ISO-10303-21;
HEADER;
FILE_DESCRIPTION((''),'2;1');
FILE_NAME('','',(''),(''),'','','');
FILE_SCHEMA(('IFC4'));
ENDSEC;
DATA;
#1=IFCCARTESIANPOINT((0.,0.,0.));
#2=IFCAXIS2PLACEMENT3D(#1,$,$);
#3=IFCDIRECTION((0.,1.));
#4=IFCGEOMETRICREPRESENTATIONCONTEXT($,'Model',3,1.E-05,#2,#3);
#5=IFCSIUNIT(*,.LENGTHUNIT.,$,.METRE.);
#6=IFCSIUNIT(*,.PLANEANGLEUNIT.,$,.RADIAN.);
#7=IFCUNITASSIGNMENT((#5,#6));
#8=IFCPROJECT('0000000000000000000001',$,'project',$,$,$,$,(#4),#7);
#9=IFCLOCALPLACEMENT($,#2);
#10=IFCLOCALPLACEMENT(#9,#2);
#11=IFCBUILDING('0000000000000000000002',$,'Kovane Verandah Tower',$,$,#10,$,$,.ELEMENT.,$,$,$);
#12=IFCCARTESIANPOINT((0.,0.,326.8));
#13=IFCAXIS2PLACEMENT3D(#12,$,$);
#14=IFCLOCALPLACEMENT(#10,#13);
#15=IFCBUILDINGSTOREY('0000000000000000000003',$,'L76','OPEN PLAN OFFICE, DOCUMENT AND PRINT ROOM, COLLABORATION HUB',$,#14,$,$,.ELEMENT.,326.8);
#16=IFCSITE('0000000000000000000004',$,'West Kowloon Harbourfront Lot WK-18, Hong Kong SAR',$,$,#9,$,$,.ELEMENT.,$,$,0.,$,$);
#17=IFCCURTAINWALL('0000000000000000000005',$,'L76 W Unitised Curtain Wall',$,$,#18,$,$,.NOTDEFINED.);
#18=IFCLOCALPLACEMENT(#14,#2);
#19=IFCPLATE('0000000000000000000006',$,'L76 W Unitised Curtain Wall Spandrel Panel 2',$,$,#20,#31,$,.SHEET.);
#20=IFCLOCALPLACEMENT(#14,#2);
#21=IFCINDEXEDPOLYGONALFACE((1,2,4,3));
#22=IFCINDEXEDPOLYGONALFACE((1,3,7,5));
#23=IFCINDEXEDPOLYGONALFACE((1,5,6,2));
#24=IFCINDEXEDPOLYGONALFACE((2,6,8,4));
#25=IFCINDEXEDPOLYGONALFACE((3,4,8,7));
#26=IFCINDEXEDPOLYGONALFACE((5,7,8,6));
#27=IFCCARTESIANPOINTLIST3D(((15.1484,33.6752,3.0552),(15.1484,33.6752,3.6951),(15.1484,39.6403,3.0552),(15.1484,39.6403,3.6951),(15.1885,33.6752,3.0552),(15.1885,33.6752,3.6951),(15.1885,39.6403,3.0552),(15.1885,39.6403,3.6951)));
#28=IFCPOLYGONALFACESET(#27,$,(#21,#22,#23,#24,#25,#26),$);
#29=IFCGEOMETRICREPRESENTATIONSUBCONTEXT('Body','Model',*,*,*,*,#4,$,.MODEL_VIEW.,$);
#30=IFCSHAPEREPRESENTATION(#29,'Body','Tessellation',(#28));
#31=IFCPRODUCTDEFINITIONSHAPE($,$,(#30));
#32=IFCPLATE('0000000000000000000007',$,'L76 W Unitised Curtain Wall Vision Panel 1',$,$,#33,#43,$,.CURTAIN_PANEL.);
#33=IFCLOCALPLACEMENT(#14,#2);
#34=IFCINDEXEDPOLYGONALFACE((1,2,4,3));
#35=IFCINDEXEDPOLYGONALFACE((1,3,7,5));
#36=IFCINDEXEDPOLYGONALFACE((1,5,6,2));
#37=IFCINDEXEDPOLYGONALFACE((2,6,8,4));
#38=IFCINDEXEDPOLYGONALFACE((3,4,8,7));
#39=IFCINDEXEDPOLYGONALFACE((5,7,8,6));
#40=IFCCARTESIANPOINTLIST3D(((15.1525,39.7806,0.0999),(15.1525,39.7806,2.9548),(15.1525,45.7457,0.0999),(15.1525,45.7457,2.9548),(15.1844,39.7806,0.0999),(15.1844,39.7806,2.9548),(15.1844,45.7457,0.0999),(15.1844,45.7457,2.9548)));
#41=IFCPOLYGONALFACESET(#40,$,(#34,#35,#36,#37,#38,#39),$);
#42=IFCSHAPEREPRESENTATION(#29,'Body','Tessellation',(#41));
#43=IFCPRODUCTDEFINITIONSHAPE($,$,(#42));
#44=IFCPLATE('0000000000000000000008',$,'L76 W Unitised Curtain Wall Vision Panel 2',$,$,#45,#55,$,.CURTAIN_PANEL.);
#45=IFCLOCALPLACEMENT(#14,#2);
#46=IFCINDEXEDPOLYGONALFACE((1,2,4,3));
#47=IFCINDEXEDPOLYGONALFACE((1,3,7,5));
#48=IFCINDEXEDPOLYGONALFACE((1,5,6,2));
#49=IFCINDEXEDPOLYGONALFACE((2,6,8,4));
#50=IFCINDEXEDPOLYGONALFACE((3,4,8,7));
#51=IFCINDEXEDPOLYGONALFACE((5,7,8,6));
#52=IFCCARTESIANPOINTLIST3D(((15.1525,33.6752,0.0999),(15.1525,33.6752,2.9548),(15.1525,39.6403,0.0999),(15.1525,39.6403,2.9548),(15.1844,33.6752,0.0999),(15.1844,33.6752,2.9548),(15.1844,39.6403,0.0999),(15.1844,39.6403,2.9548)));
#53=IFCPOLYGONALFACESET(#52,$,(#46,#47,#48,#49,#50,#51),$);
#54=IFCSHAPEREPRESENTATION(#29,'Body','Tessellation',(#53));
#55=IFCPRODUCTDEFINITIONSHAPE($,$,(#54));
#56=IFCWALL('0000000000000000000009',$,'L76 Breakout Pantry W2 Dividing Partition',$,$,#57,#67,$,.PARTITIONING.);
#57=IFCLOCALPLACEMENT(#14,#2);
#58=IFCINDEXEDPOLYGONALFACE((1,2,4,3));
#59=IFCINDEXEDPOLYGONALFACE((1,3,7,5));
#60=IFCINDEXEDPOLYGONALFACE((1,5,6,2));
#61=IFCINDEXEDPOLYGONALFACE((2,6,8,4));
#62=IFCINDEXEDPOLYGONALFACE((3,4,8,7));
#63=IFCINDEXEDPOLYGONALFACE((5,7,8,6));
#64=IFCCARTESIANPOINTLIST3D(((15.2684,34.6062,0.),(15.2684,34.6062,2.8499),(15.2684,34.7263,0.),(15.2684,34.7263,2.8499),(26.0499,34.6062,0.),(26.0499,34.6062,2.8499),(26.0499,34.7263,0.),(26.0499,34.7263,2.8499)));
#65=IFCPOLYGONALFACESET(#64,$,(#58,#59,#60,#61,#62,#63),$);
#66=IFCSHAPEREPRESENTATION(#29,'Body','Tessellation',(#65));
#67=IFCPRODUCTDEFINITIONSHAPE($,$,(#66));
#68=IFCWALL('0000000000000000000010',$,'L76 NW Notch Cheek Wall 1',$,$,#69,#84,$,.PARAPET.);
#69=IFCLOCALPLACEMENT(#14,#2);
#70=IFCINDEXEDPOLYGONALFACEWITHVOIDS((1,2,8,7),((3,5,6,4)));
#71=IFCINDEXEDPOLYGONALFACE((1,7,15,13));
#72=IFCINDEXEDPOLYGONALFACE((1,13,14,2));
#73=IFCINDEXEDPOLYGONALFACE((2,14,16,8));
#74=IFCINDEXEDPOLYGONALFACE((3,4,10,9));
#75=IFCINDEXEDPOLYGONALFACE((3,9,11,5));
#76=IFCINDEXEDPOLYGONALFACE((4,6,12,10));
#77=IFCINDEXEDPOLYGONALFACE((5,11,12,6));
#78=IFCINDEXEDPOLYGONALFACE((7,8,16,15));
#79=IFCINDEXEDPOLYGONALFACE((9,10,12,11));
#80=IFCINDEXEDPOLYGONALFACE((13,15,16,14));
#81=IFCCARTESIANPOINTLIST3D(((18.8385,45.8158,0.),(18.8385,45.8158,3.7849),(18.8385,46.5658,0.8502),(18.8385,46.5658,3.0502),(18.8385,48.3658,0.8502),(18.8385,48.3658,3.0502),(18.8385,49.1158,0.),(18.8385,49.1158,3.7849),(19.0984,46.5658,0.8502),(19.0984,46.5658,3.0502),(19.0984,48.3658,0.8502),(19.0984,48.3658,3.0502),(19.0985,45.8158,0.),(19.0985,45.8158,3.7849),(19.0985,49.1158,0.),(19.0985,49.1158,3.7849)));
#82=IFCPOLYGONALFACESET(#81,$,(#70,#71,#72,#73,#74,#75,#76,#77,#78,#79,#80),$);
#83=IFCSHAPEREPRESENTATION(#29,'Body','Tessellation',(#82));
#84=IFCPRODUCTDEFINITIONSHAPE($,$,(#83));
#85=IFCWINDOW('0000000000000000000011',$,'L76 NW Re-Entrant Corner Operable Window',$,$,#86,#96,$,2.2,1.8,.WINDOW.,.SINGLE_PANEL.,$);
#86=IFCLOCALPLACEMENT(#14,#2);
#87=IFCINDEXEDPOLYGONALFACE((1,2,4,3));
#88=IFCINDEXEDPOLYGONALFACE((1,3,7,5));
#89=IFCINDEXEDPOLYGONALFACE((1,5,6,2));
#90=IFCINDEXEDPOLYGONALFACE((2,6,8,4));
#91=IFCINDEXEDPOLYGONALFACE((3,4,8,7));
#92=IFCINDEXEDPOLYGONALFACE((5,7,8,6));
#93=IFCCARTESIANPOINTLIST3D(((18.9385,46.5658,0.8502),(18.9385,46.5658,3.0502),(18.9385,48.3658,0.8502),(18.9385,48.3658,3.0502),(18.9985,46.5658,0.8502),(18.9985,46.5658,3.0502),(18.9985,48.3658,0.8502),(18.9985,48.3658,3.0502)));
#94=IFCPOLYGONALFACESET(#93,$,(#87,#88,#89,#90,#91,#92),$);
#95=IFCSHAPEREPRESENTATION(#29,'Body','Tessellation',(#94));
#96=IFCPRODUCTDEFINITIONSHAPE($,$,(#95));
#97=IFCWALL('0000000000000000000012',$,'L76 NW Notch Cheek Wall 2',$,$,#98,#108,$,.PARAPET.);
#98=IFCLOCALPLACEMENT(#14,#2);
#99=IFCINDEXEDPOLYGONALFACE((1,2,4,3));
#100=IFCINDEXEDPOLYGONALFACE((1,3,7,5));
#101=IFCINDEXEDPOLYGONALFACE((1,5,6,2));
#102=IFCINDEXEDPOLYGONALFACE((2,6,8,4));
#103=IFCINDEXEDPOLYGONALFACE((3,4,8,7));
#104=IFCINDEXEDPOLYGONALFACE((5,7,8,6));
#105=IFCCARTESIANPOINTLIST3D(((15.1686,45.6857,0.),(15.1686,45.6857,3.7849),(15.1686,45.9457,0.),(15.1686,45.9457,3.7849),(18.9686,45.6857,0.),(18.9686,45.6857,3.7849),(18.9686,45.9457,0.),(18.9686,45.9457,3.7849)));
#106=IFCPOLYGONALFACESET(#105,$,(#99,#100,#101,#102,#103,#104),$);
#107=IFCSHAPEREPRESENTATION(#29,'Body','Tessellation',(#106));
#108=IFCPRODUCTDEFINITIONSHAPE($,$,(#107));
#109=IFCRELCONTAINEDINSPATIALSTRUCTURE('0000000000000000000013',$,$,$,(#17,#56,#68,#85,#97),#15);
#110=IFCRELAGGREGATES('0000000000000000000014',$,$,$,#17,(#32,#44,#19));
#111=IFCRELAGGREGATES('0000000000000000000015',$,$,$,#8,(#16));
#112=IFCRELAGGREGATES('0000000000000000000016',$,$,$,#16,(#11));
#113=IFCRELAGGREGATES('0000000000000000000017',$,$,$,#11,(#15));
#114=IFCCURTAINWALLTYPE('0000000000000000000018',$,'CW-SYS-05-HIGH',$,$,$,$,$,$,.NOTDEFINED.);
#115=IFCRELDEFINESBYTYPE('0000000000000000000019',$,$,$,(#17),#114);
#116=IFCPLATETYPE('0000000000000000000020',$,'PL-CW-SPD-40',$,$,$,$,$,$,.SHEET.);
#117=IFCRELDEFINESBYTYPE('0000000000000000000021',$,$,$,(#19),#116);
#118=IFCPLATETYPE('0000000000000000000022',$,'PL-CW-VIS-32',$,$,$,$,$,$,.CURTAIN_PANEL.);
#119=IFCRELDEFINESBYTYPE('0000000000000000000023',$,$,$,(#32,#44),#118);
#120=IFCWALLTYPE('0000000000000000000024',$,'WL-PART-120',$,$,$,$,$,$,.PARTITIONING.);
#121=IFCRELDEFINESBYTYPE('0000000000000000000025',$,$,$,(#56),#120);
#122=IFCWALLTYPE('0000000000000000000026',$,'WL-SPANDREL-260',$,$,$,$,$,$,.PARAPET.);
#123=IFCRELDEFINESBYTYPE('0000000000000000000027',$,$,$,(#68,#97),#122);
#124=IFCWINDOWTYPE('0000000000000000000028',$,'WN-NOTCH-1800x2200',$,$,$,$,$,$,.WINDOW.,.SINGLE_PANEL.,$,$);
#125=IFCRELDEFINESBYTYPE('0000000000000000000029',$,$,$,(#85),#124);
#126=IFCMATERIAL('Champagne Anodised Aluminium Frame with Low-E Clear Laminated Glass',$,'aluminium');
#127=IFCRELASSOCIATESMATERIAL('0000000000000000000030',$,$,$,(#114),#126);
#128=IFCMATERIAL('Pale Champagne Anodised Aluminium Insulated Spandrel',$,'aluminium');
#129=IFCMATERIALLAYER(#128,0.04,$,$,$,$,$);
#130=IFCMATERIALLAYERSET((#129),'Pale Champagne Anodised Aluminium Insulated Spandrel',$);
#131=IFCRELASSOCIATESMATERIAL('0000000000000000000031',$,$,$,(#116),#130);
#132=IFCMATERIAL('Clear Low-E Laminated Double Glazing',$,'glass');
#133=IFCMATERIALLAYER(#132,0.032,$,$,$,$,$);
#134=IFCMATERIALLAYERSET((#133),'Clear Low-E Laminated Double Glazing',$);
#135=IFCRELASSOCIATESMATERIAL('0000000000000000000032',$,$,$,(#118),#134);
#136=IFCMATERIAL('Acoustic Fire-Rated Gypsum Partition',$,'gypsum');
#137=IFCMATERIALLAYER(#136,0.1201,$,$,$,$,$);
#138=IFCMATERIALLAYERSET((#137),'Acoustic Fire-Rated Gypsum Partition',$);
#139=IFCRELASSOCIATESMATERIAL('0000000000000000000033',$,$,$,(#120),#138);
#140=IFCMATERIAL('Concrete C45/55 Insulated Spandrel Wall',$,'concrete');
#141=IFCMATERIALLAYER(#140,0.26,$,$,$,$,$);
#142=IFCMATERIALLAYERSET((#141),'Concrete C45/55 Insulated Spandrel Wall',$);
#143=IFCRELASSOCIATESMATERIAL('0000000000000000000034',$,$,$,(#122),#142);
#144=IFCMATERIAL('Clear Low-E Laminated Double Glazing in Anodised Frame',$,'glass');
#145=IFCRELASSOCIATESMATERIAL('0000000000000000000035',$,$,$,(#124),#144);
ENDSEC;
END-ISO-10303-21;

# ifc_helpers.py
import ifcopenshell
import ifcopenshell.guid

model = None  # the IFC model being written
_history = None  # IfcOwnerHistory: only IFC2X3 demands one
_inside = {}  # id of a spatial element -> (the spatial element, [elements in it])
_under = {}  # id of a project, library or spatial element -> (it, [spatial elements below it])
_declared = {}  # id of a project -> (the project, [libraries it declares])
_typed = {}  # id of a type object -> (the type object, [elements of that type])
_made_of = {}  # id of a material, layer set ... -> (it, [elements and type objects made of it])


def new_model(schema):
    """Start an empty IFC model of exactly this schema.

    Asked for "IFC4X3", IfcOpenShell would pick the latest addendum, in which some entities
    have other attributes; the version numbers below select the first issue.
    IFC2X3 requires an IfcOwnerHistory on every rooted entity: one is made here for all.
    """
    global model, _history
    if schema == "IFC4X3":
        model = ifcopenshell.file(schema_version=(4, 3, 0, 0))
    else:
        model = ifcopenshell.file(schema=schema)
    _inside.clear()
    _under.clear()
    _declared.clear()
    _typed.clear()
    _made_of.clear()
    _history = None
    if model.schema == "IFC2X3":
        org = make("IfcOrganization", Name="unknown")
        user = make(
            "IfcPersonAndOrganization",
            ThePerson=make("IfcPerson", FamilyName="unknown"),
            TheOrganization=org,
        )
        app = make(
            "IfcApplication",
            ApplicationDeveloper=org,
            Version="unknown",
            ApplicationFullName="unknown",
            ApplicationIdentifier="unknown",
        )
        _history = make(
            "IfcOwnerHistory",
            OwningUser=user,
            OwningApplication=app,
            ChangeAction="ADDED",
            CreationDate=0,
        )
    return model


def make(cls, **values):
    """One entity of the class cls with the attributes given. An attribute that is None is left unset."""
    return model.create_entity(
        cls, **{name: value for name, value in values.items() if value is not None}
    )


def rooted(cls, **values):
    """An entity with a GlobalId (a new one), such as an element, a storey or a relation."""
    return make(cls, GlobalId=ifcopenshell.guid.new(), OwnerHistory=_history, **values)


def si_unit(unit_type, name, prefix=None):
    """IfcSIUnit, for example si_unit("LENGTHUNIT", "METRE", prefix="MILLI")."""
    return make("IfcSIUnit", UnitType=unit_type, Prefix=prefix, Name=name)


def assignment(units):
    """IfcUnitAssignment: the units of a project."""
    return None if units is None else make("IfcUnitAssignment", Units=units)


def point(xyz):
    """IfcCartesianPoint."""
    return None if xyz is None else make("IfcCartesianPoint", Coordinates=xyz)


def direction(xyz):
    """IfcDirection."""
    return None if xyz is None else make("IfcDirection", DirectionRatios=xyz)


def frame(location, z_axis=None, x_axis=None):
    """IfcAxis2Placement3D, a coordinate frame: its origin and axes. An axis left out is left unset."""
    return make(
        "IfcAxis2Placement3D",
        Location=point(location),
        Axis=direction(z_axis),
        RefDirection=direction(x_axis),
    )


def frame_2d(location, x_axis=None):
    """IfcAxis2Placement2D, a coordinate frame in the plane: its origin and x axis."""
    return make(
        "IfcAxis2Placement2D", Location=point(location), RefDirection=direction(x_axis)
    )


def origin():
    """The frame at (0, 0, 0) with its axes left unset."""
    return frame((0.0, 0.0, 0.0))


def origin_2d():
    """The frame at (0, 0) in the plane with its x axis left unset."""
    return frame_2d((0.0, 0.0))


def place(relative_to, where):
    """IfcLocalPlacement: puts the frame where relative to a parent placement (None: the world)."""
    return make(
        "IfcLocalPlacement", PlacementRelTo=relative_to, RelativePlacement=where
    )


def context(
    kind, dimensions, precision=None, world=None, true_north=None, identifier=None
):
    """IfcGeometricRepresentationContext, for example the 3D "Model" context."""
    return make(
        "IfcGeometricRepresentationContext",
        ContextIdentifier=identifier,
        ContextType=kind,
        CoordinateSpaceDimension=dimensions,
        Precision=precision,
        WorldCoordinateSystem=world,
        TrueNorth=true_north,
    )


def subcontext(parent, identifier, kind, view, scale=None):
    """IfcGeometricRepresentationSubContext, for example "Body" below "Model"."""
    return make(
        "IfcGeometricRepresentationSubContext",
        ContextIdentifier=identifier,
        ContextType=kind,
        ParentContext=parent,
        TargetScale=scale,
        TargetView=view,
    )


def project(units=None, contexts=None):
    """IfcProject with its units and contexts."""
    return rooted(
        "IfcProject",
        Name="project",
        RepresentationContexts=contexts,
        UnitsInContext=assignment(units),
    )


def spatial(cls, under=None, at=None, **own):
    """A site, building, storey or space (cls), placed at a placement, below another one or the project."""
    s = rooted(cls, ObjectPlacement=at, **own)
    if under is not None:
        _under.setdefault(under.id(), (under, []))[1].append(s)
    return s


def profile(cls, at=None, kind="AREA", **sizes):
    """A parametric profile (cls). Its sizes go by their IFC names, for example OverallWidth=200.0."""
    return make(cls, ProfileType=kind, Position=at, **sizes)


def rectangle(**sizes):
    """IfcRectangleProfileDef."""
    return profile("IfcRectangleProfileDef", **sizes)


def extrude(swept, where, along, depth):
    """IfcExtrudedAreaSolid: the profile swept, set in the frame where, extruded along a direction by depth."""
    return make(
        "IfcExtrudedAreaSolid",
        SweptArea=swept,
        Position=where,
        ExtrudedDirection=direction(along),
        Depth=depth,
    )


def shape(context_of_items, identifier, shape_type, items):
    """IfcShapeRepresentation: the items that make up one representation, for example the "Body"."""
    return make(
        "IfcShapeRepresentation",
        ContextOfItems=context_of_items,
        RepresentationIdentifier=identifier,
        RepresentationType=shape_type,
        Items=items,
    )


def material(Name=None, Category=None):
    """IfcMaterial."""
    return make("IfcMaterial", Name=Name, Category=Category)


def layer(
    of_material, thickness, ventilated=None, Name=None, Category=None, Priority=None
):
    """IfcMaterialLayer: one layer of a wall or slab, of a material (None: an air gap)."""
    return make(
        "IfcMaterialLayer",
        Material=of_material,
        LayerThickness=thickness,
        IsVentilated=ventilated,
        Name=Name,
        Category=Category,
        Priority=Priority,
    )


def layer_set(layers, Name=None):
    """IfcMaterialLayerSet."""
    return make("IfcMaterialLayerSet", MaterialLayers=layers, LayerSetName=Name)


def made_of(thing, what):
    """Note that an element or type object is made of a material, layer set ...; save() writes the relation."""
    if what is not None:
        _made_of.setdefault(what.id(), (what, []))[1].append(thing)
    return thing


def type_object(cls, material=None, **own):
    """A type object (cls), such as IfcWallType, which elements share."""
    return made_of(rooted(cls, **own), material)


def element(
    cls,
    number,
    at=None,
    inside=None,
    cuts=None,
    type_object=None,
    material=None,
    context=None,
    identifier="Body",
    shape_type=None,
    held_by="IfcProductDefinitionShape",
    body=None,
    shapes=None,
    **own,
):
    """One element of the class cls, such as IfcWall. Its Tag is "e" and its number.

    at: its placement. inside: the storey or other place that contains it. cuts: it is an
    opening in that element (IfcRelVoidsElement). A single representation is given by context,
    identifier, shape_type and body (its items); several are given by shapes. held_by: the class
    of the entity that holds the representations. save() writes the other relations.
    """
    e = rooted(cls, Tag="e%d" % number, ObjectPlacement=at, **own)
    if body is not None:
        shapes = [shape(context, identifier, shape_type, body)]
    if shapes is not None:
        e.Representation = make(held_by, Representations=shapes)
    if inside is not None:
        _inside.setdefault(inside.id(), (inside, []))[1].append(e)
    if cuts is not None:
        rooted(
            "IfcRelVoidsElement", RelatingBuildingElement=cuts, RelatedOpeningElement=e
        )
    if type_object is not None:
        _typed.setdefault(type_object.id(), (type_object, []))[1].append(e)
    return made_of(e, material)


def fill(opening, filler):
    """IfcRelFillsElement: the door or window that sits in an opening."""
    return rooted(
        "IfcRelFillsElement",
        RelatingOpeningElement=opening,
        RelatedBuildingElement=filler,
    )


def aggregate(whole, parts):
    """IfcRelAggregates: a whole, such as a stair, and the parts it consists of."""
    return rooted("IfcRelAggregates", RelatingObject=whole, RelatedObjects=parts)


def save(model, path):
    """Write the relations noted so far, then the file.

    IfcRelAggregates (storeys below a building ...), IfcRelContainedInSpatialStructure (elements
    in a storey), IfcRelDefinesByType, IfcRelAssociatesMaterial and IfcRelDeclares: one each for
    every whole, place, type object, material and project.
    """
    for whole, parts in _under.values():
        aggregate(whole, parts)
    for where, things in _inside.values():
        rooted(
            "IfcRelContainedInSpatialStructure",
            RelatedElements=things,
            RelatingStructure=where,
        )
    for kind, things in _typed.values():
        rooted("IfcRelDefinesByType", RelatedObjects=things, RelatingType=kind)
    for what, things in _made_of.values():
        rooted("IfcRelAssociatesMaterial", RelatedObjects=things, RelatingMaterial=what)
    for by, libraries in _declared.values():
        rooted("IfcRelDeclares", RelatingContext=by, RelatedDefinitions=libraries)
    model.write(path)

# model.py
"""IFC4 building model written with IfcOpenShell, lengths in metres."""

from ifc_helpers import new_model, si_unit, direction, frame, frame_2d, origin, origin_2d, place, context, subcontext, project, spatial, rectangle, extrude, material, layer, layer_set, type_object, element, fill, aggregate, save


model = new_model("IFC4")

# Units and contexts
model_context = context("Model", 3, precision=1e-05, world=origin(), true_north=direction((0.0, 1.0)))
body_context = subcontext(model_context, "Body", "Model", "MODEL_VIEW")
ifc_project = project(units=[si_unit("LENGTHUNIT", "METRE"), si_unit("PLANEANGLEUNIT", "RADIAN")], contexts=[model_context])

# Site, building, storey
site_placement = place(None, origin())
site = spatial("IfcSite", under=ifc_project, at=site_placement, Name="West Kowloon Harbourfront Lot WK-18, Hong Kong SAR", CompositionType="ELEMENT", RefElevation=0.0)
building_placement = place(site_placement, origin())
building = spatial("IfcBuilding", under=site, at=building_placement, Name="Kovane Verandah Tower", CompositionType="ELEMENT")
storey_placement = place(building_placement, frame((0.0, 0.0, 326.8)))
storey = spatial("IfcBuildingStorey", under=building, at=storey_placement, Name="L76", Description="OPEN PLAN OFFICE, DOCUMENT AND PRINT ROOM, COLLABORATION HUB", CompositionType="ELEMENT", Elevation=326.8)

# Curtain wall
ifc_material_1 = material(Name="Champagne Anodised Aluminium Frame with Low-E Clear Laminated Glass", Category="aluminium")
curtain_wall_type = type_object("IfcCurtainWallType", Name="CW-SYS-05-HIGH", PredefinedType="NOTDEFINED", material=ifc_material_1)
curtain_wall_placement = place(storey_placement, origin())
curtain_wall = element("IfcCurtainWall", 1, at=curtain_wall_placement, inside=storey, type_object=curtain_wall_type, Name="L76 W Unitised Curtain Wall", PredefinedType="NOTDEFINED")

# Plates
ifc_material_2 = material(Name="Pale Champagne Anodised Aluminium Insulated Spandrel", Category="aluminium")
ifc_layer_1 = layer(ifc_material_2, 0.04)
ifc_layer_set_1 = layer_set([ifc_layer_1], Name="Pale Champagne Anodised Aluminium Insulated Spandrel")
plate_type_1 = type_object("IfcPlateType", Name="PL-CW-SPD-40", PredefinedType="SHEET", material=ifc_layer_set_1)
plate_1_placement = place(storey_placement, frame((15.1685, 36.6577, 3.0552), z_axis=(0.0, 0.0, 1.0), x_axis=(0.0, -1.0, 0.0)))
plate_1 = element("IfcPlate", 2, at=plate_1_placement, type_object=plate_type_1, Name="L76 W Unitised Curtain Wall Spandrel Panel 2", PredefinedType="SHEET", context=body_context, shape_type="SweptSolid", body=[
    extrude(rectangle(XDim=5.9651, YDim=0.04, at=origin_2d()), origin(), (0.0, 0.0, 1.0), 0.6399),
])
ifc_material_3 = material(Name="Clear Low-E Laminated Double Glazing", Category="glass")
ifc_layer_2 = layer(ifc_material_3, 0.032)
ifc_layer_set_2 = layer_set([ifc_layer_2], Name="Clear Low-E Laminated Double Glazing")
plate_type_2 = type_object("IfcPlateType", Name="PL-CW-VIS-32", PredefinedType="CURTAIN_PANEL", material=ifc_layer_set_2)
plate_2_placement = place(storey_placement, frame((15.1685, 42.7632, 0.0999), z_axis=(0.0, 0.0, 1.0), x_axis=(0.0, -1.0, 0.0)))
plate_2 = element("IfcPlate", 3, at=plate_2_placement, type_object=plate_type_2, Name="L76 W Unitised Curtain Wall Vision Panel 1", PredefinedType="CURTAIN_PANEL", context=body_context, shape_type="SweptSolid", body=[
    extrude(rectangle(XDim=5.9651, YDim=0.032, at=origin_2d()), origin(), (0.0, 0.0, 1.0), 2.855),
])
plate_3_placement = place(storey_placement, frame((15.1685, 36.6577, 0.0999), z_axis=(0.0, 0.0, 1.0), x_axis=(0.0, -1.0, 0.0)))
plate_3 = element("IfcPlate", 4, at=plate_3_placement, type_object=plate_type_2, Name="L76 W Unitised Curtain Wall Vision Panel 2", PredefinedType="CURTAIN_PANEL", context=body_context, shape_type="SweptSolid", body=[
    extrude(rectangle(XDim=5.9651, YDim=0.032, at=origin_2d()), origin(), (0.0, 0.0, 1.0), 2.855),
])
aggregate(curtain_wall, [plate_2, plate_3, plate_1])

# Wall
ifc_material_4 = material(Name="Acoustic Fire-Rated Gypsum Partition", Category="gypsum")
ifc_layer_3 = layer(ifc_material_4, 0.1201)
ifc_layer_set_3 = layer_set([ifc_layer_3], Name="Acoustic Fire-Rated Gypsum Partition")
wall_type_1 = type_object("IfcWallType", Name="WL-PART-120", PredefinedType="PARTITIONING", material=ifc_layer_set_3)
wall_1_placement = place(storey_placement, frame((15.2686, 34.6663, 0.0), z_axis=(0.0, 0.0, 1.0), x_axis=(1.0, 0.0, 0.0)))
element("IfcWall", 5, at=wall_1_placement, inside=storey, type_object=wall_type_1, Name="L76 Breakout Pantry W2 Dividing Partition", PredefinedType="PARTITIONING", context=body_context, shape_type="SweptSolid", body=[
    extrude(rectangle(XDim=10.7815, YDim=0.1201, at=frame_2d((5.3906, 0.0))), origin(), (0.0, 0.0, 1.0), 2.8499),
])

# Wall, opening, window
ifc_material_5 = material(Name="Concrete C45/55 Insulated Spandrel Wall", Category="concrete")
ifc_layer_4 = layer(ifc_material_5, 0.26)
ifc_layer_set_4 = layer_set([ifc_layer_4], Name="Concrete C45/55 Insulated Spandrel Wall")
wall_type_2 = type_object("IfcWallType", Name="WL-SPANDREL-260", PredefinedType="PARAPET", material=ifc_layer_set_4)
wall_2_placement = place(storey_placement, frame((18.9685, 49.1157, 0.0), z_axis=(0.0, 0.0, 1.0), x_axis=(0.0, -1.0, 0.0)))
wall_2 = element("IfcWall", 6, at=wall_2_placement, inside=storey, type_object=wall_type_2, Name="L76 NW Notch Cheek Wall 1", PredefinedType="PARAPET", context=body_context, shape_type="SweptSolid", body=[
    extrude(rectangle(XDim=3.3, YDim=0.26, at=frame_2d((1.6499, 0.0))), origin(), (0.0, 0.0, 1.0), 3.7849),
])
opening_placement = place(wall_2_placement, frame((0.75, 0.0, 0.8501)))
opening = element("IfcOpeningElement", 7, at=opening_placement, cuts=wall_2, PredefinedType="OPENING", context=body_context, shape_type="SweptSolid", body=[
    extrude(rectangle(XDim=1.8, YDim=2.2, at=frame_2d((0.8999, 1.1001))), frame((0.0, 0.1299, 0.0), z_axis=(0.0, -1.0, 0.0), x_axis=(1.0, 0.0, 0.0)), (0.0, 0.0, 1.0), 0.26),
])
ifc_material_6 = material(Name="Clear Low-E Laminated Double Glazing in Anodised Frame", Category="glass")
window_type = type_object("IfcWindowType", Name="WN-NOTCH-1800x2200", PartitioningType="SINGLE_PANEL", PredefinedType="WINDOW", material=ifc_material_6)
window_placement = place(opening_placement, origin())
window = element("IfcWindow", 8, at=window_placement, inside=storey, type_object=window_type, Name="L76 NW Re-Entrant Corner Operable Window", OverallHeight=2.2, OverallWidth=1.8, PartitioningType="SINGLE_PANEL", PredefinedType="WINDOW", context=body_context, shape_type="SweptSolid", body=[
    extrude(rectangle(XDim=1.8, YDim=2.2, at=frame_2d((0.8999, 1.1001))), frame((0.0, 0.03, 0.0), z_axis=(0.0, -1.0, 0.0), x_axis=(1.0, 0.0, 0.0)), (0.0, 0.0, 1.0), 0.0601),
])
fill(opening, window)

# Wall
wall_3_placement = place(storey_placement, frame((18.9685, 45.8157, 0.0), z_axis=(0.0, 0.0, 1.0), x_axis=(-1.0, 0.0, 0.0)))
element("IfcWall", 9, at=wall_3_placement, inside=storey, type_object=wall_type_2, Name="L76 NW Notch Cheek Wall 2", PredefinedType="PARAPET", context=body_context, shape_type="SweptSolid", body=[
    extrude(rectangle(XDim=3.8, YDim=0.26, at=frame_2d((1.8999, 0.0))), origin(), (0.0, 0.0, 1.0), 3.7849),
])

save(model, "model.ifc")
